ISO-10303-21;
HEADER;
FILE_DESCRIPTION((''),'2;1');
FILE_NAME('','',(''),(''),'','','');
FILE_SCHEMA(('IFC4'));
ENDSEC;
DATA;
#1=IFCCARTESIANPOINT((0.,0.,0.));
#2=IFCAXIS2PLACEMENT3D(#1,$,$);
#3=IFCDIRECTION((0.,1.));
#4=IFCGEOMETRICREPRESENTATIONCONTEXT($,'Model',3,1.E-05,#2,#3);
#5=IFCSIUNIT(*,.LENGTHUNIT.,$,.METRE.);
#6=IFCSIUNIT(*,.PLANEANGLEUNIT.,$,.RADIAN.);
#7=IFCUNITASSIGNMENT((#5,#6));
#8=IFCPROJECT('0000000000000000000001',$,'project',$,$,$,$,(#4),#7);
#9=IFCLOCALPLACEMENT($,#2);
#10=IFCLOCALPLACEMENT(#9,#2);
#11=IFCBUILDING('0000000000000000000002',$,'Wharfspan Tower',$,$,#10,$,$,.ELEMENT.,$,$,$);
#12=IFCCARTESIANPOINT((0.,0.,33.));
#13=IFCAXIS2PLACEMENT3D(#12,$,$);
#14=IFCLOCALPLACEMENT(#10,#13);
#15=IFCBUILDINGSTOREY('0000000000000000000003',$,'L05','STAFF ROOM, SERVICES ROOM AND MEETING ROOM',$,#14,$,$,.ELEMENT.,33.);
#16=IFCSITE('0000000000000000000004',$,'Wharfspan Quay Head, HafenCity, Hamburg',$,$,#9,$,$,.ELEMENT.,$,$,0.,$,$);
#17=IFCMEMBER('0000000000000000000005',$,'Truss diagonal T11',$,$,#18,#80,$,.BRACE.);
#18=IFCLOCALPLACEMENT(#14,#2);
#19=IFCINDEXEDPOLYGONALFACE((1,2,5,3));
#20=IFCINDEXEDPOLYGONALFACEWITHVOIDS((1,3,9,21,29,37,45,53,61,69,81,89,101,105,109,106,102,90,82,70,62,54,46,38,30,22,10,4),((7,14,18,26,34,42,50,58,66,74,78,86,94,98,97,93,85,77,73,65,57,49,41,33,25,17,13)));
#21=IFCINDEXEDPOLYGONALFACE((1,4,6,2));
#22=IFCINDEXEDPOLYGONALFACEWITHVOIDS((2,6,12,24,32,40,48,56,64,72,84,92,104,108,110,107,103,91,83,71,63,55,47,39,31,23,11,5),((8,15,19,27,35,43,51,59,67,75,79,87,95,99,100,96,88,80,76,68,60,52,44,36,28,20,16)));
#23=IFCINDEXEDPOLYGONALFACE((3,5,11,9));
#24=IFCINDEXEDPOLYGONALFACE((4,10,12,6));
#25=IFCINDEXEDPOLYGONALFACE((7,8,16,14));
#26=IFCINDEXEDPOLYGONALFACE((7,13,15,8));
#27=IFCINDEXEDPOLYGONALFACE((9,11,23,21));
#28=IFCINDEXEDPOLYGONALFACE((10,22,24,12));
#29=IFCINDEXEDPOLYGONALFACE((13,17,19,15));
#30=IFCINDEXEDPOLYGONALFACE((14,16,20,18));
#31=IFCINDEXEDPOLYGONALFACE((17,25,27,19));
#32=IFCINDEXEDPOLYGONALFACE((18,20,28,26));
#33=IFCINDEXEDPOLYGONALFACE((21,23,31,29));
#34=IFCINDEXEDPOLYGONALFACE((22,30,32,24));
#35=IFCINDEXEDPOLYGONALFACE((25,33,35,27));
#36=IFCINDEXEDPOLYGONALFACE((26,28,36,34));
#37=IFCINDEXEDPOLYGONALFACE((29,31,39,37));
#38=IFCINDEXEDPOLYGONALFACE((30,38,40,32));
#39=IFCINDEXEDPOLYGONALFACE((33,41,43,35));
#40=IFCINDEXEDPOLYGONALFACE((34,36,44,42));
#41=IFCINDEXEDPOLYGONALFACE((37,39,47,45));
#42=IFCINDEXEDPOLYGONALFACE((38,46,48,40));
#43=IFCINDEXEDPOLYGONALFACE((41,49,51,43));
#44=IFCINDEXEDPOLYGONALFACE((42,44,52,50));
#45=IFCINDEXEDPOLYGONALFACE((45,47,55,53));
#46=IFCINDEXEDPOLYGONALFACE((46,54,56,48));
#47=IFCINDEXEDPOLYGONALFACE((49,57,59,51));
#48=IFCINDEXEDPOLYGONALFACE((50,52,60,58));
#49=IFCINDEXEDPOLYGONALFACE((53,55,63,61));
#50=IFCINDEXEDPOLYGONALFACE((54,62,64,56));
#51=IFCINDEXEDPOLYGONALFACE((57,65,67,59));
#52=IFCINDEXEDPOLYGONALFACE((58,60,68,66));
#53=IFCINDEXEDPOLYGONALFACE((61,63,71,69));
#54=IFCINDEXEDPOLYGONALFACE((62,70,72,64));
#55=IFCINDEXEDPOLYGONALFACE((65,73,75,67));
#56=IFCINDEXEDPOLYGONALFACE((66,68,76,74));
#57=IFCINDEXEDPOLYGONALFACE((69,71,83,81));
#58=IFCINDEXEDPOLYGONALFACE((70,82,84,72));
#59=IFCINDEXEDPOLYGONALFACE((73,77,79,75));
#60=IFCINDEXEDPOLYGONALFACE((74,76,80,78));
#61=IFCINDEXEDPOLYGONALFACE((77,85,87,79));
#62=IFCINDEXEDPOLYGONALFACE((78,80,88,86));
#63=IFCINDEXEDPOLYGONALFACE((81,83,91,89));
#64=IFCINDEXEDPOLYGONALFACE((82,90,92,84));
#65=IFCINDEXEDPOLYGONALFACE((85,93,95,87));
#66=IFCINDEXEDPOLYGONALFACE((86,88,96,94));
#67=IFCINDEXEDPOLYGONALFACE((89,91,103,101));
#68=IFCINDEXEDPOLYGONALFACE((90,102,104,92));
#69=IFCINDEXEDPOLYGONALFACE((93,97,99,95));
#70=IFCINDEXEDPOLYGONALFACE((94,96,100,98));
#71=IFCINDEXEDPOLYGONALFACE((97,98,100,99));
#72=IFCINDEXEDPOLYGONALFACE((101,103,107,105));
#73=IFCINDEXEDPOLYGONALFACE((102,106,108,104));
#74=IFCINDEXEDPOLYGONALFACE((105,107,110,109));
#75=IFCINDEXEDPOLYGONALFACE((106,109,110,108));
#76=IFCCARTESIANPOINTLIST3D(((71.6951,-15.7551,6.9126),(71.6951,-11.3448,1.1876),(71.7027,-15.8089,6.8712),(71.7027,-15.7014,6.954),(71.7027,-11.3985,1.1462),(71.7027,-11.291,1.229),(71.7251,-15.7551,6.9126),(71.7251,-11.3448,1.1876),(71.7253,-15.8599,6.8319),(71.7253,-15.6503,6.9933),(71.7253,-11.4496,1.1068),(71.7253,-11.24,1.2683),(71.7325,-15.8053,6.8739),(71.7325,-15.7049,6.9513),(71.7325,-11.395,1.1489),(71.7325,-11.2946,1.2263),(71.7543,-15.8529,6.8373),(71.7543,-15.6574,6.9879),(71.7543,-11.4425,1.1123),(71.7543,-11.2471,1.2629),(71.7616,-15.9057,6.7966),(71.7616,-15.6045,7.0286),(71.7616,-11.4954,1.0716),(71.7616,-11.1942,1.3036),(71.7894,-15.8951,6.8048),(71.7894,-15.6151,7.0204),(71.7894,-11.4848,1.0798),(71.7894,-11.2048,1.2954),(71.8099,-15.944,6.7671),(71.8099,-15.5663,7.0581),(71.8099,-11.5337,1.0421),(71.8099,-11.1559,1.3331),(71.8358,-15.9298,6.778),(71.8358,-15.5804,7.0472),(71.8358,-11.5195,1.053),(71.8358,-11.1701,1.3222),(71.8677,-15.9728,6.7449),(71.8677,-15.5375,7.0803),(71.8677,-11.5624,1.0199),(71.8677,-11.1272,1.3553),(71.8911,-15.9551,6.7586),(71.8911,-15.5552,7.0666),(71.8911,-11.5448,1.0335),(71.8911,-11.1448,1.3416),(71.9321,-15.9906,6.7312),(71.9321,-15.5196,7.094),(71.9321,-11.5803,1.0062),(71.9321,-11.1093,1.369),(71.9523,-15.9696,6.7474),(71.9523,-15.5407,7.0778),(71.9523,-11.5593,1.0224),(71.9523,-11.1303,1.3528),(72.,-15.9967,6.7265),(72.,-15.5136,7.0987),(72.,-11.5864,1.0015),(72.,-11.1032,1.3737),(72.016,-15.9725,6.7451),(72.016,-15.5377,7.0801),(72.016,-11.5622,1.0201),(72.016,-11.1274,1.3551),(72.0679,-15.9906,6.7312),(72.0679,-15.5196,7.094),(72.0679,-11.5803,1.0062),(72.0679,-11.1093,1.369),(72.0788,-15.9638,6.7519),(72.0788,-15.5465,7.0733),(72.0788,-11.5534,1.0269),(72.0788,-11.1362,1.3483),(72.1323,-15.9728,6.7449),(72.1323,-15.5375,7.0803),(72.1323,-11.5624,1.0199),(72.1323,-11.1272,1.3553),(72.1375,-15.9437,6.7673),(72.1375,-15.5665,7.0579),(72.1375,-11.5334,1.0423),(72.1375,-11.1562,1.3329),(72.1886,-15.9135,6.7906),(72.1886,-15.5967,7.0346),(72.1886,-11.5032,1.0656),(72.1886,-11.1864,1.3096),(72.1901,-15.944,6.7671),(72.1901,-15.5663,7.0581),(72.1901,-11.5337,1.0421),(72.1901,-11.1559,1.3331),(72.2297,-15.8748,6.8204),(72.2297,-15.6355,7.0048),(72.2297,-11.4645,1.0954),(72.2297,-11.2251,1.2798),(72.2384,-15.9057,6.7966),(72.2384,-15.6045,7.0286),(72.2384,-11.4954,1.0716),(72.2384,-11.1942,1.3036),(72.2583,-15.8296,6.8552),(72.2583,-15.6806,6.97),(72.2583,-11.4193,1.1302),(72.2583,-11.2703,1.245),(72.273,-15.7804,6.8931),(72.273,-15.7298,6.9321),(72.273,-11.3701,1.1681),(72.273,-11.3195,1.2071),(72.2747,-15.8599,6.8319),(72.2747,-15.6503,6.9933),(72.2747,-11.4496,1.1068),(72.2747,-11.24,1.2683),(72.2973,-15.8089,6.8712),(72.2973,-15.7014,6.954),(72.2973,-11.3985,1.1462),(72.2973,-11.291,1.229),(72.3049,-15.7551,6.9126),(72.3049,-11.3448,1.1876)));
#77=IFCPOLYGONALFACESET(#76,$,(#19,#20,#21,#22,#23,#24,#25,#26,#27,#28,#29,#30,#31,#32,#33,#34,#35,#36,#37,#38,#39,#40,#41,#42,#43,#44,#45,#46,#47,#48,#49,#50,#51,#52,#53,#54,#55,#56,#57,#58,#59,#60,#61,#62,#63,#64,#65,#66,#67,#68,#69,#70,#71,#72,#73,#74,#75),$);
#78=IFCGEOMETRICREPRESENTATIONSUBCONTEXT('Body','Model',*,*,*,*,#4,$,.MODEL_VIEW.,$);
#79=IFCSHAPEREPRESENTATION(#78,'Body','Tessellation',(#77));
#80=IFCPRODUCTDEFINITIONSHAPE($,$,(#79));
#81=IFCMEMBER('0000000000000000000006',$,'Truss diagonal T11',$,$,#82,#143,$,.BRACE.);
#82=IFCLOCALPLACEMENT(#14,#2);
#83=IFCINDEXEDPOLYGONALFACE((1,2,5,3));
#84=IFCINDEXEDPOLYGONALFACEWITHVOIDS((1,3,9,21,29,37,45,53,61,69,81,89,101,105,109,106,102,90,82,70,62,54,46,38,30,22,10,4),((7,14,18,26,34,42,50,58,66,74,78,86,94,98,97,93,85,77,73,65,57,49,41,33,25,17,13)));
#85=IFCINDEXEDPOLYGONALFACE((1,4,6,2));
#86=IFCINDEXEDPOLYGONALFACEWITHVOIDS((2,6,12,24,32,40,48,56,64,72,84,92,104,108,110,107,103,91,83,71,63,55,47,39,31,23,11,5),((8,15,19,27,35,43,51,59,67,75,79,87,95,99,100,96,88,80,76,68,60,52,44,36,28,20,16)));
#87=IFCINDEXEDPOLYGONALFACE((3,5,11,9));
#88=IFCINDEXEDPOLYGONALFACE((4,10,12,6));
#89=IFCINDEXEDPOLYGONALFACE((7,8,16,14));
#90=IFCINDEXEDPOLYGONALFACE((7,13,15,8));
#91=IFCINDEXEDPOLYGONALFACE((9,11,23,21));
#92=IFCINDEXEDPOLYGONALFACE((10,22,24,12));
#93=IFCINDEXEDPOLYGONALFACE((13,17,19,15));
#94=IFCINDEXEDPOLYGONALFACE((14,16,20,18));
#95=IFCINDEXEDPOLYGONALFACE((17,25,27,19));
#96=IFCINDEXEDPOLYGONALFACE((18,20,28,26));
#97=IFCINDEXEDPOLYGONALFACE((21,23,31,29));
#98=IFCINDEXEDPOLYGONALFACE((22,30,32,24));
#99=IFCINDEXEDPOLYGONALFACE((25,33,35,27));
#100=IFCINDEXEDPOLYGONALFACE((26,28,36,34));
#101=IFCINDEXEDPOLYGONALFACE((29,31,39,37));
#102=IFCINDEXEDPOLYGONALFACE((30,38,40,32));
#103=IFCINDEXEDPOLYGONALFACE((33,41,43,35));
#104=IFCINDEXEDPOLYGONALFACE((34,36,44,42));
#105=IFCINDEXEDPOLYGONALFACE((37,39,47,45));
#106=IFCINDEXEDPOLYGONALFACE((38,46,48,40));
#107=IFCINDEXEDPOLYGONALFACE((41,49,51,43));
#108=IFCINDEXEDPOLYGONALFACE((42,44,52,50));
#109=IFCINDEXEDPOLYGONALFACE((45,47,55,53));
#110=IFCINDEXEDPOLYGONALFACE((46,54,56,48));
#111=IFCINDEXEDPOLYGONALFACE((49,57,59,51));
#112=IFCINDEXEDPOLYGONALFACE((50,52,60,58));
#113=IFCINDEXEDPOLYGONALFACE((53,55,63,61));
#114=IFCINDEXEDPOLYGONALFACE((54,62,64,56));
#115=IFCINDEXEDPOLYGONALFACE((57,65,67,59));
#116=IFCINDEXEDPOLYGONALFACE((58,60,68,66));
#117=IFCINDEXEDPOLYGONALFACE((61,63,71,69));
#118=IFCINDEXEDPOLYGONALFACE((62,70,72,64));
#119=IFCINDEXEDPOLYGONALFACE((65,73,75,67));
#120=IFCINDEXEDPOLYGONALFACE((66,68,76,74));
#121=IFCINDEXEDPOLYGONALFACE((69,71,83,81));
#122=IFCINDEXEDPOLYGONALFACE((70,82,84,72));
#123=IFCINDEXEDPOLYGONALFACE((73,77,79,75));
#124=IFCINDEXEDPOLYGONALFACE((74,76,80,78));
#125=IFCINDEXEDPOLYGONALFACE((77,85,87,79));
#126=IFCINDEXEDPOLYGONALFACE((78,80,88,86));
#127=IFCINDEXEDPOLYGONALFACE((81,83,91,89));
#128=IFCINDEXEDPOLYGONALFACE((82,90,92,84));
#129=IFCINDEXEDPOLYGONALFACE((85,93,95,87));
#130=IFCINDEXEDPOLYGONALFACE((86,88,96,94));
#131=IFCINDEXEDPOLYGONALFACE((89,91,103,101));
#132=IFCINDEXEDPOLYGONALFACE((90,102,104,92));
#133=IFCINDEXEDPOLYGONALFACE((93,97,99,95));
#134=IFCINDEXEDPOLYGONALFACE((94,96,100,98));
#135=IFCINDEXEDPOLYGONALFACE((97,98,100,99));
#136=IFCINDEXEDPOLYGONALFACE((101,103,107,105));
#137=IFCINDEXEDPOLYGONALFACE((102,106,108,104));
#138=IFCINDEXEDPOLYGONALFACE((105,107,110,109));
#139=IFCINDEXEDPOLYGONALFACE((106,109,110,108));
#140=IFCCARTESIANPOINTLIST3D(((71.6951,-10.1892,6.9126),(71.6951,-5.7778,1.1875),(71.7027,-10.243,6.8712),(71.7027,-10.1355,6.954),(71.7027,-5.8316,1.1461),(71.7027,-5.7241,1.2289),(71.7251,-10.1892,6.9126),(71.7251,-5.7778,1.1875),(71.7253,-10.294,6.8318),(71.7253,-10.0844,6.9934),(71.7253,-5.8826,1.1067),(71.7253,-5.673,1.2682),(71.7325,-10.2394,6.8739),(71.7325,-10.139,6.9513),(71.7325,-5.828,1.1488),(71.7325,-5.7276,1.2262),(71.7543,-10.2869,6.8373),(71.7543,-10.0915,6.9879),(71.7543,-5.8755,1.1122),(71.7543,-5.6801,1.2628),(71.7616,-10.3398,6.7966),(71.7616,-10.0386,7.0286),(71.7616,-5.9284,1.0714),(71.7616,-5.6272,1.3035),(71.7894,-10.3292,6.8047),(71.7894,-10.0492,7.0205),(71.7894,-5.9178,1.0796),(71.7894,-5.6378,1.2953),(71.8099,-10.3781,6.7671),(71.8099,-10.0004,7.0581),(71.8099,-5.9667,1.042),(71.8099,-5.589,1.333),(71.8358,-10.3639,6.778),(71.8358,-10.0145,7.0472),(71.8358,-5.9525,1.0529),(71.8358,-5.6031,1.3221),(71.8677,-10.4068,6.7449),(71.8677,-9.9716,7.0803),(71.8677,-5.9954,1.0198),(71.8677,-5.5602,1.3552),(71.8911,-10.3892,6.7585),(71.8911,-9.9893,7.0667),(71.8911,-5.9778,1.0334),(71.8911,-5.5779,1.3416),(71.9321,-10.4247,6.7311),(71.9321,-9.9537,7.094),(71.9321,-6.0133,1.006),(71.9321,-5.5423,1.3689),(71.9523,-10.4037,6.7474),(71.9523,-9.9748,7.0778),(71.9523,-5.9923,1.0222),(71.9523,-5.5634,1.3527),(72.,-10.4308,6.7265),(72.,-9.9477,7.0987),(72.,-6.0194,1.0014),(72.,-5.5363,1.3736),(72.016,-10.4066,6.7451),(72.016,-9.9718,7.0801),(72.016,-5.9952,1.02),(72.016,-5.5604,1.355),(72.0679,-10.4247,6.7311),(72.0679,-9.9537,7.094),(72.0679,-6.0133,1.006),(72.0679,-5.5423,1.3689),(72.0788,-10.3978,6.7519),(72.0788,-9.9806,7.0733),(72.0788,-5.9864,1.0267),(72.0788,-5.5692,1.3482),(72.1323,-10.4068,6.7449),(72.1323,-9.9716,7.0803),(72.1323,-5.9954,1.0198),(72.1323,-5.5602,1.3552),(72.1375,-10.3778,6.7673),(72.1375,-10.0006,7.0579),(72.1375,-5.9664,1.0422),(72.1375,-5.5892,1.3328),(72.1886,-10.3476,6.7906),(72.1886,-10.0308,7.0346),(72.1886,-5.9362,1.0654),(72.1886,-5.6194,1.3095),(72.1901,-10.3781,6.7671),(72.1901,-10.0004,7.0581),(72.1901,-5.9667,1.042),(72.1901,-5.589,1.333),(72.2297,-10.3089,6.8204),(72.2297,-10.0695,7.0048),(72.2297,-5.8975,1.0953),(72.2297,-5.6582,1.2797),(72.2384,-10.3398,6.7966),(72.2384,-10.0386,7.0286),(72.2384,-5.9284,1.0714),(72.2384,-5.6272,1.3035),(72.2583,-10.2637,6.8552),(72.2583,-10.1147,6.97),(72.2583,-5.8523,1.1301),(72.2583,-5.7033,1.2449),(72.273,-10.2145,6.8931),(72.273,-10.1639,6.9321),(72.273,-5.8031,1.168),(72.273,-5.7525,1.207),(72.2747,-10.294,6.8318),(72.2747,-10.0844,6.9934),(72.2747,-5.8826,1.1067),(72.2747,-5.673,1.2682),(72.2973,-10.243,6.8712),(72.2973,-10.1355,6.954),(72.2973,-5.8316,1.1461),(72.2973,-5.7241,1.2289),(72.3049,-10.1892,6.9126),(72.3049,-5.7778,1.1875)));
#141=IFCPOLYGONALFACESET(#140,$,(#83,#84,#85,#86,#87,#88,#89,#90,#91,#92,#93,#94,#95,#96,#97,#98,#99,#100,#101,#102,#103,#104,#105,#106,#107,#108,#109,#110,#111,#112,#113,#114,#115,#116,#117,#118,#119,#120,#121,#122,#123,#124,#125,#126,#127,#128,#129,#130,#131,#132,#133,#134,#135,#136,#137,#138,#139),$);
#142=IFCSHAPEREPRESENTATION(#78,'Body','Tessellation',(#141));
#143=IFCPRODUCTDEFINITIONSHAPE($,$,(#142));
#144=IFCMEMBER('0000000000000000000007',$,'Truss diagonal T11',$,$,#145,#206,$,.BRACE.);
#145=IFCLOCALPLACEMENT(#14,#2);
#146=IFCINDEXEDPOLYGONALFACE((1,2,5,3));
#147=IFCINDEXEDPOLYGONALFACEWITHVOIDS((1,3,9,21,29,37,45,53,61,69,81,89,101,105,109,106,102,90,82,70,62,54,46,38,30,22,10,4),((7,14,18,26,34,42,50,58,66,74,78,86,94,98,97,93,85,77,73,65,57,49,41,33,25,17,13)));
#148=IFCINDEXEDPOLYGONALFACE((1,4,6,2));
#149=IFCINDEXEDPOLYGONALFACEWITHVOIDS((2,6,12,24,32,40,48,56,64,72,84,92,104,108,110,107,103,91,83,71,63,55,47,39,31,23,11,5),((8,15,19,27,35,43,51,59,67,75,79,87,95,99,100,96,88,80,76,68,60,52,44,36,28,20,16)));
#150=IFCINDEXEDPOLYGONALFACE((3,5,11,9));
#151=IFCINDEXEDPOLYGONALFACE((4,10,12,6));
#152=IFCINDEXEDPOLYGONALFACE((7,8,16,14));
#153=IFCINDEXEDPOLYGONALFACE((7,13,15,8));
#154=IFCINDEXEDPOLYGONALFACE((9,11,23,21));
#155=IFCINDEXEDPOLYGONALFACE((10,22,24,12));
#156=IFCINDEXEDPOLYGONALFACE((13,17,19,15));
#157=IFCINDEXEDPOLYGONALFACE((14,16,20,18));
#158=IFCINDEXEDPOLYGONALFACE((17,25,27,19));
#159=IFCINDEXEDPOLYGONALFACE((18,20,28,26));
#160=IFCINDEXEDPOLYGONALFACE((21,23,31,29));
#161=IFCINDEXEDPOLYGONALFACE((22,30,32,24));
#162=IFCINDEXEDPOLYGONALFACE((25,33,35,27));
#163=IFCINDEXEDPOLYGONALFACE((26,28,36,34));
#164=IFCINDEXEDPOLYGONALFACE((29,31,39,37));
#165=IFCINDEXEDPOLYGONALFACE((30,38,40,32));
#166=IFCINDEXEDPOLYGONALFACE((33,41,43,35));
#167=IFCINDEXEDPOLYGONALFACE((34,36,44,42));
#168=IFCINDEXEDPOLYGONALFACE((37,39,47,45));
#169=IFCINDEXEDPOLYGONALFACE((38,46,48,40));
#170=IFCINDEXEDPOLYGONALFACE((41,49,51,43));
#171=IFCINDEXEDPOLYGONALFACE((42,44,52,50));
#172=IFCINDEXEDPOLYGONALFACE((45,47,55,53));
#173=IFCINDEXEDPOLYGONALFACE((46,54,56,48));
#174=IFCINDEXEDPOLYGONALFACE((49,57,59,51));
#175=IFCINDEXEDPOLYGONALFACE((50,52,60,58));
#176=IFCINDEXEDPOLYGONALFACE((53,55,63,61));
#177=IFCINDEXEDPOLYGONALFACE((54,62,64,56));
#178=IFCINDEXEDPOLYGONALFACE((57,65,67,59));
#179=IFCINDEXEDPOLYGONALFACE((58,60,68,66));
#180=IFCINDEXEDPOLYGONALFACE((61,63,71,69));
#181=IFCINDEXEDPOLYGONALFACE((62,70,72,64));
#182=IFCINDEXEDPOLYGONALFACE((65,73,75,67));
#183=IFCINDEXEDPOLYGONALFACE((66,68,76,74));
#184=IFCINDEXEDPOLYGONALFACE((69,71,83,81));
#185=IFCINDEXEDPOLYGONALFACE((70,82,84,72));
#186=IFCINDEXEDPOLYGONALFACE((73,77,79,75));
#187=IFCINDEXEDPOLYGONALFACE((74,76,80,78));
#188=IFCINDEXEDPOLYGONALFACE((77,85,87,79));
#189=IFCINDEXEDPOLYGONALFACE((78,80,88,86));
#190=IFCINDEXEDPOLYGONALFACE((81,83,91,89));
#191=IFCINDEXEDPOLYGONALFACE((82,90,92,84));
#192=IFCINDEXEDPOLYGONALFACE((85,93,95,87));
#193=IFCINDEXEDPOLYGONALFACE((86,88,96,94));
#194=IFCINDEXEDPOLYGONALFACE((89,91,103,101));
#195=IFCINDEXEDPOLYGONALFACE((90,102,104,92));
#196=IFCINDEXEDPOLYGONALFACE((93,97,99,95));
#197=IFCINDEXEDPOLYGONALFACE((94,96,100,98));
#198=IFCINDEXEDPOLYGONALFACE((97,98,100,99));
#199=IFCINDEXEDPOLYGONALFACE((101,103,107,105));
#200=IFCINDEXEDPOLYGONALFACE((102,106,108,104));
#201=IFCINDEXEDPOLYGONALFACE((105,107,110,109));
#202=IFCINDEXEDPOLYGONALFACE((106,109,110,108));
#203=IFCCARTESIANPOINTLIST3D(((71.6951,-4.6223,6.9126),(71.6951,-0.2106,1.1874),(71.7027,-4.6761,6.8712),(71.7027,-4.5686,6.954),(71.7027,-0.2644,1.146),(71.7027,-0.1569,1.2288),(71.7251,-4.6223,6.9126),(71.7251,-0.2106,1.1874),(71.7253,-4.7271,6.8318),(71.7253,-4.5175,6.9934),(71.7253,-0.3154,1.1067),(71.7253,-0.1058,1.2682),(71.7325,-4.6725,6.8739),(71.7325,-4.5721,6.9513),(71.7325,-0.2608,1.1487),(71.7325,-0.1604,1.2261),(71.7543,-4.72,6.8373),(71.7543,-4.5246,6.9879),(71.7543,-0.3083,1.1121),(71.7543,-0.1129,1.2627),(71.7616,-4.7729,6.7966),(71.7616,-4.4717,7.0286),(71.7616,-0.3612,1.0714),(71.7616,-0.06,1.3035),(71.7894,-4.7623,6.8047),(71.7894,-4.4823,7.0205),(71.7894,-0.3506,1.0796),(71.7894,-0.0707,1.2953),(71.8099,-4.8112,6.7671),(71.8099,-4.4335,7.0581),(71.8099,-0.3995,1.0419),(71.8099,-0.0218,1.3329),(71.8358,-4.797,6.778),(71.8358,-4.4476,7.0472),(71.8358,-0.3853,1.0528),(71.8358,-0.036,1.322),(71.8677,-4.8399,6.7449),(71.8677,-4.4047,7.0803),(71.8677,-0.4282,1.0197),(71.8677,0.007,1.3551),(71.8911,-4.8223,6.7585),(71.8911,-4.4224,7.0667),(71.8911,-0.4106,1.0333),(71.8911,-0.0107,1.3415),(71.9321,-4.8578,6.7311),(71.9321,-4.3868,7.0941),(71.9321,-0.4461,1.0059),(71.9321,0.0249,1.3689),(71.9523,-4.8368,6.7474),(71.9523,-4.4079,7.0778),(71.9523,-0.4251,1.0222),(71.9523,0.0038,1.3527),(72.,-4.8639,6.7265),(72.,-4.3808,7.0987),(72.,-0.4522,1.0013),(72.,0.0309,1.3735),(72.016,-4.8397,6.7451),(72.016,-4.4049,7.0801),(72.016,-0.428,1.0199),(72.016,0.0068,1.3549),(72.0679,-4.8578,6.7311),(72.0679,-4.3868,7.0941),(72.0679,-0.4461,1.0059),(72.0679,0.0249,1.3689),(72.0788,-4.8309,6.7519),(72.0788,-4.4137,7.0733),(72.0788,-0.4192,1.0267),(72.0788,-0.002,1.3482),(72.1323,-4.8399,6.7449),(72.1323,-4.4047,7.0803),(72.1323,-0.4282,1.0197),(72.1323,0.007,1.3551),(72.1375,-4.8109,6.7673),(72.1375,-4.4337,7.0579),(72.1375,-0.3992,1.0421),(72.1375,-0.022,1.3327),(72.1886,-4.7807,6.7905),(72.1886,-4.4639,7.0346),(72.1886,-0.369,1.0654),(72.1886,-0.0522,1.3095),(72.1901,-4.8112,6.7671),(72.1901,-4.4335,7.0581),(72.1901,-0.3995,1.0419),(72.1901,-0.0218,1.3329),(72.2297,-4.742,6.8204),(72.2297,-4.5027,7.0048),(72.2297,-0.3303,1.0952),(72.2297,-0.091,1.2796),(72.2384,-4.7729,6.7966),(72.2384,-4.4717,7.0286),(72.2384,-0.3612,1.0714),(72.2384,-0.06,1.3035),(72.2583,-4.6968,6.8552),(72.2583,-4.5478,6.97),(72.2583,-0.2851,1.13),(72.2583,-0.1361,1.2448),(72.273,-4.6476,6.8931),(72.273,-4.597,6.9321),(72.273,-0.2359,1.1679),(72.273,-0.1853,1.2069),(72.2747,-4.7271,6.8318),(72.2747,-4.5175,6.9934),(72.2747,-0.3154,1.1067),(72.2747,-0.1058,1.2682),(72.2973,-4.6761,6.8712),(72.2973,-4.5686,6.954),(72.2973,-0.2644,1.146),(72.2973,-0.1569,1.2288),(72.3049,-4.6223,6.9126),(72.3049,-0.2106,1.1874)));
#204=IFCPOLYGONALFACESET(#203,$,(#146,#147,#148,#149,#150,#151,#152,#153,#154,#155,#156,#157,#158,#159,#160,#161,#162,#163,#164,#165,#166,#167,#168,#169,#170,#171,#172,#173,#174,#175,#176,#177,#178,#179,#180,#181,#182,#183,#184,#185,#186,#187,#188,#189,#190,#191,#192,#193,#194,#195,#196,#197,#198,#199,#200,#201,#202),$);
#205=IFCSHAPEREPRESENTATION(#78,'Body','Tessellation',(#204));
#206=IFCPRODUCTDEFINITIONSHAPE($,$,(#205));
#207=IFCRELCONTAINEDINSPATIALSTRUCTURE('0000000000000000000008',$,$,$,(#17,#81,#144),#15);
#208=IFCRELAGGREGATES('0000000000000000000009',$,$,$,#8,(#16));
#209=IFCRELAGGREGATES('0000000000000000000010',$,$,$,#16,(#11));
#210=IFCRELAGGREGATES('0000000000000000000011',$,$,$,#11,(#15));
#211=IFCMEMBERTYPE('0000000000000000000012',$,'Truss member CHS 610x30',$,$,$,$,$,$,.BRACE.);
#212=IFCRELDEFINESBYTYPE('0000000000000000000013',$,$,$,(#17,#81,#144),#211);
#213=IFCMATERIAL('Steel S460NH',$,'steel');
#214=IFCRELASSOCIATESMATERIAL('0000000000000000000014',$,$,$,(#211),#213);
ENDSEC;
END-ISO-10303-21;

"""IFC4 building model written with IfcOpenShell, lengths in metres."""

from ifc_helpers import new_model, si_unit, direction, frame, origin, origin_2d, place, context, subcontext, project, spatial, hollow_circle, extrude, material, material_profile, profile_set, type_object, element, save


model = new_model("IFC4")

# Units and contexts
model_context = context("Model", 3, precision=1e-05, world=origin(), true_north=direction((0.0, 1.0)))
body_context = subcontext(model_context, "Body", "Model", "MODEL_VIEW")
ifc_project = project(units=[si_unit("LENGTHUNIT", "METRE"), si_unit("PLANEANGLEUNIT", "RADIAN")], contexts=[model_context])

# Site, building, storey
site_placement = place(None, origin())
site = spatial("IfcSite", under=ifc_project, at=site_placement, Name="Wharfspan Quay Head, HafenCity, Hamburg", CompositionType="ELEMENT", RefElevation=0.0)
building_placement = place(site_placement, origin())
building = spatial("IfcBuilding", under=site, at=building_placement, Name="Wharfspan Tower", CompositionType="ELEMENT")
storey_placement = place(building_placement, frame((0.0, 0.0, 33.0)))
storey = spatial("IfcBuildingStorey", under=building, at=storey_placement, Name="L05", Description="STAFF ROOM, SERVICES ROOM AND MEETING ROOM", CompositionType="ELEMENT", Elevation=33.0)

# Members
ifc_material_1 = material(Name="Steel S460NH", Category="steel")
ifc_material_profile_1 = material_profile(ifc_material_1, hollow_circle(Radius=0.3049, WallThickness=0.03, at=origin_2d()))
ifc_profile_set_1 = profile_set([ifc_material_profile_1], Name="Steel S460NH")
member_type_1 = type_object("IfcMemberType", Name="Truss member CHS 610x30", PredefinedType="BRACE", material=ifc_profile_set_1)
member_1_placement = place(storey_placement, frame((72.0, -15.7551, 6.9126), z_axis=(0.0, 0.610274, -0.792191), x_axis=(-1.0, 0.0, 0.0)))
element("IfcMember", 1, at=member_1_placement, inside=storey, type_object=member_type_1, Name="Truss diagonal T11", PredefinedType="BRACE", context=body_context, shape_type="SweptSolid", body=[
    extrude(hollow_circle(Radius=0.3049, WallThickness=0.03, at=origin_2d()), origin(), (0.0, 0.0, 1.0), 7.2268),
])
member_2_placement = place(storey_placement, frame((72.0, -10.1892, 6.9126), z_axis=(0.0, 0.610359, -0.792125), x_axis=(-1.0, 0.0, 0.0)))
element("IfcMember", 2, at=member_2_placement, inside=storey, type_object=member_type_1, Name="Truss diagonal T11", PredefinedType="BRACE", context=body_context, shape_type="SweptSolid", body=[
    extrude(hollow_circle(Radius=0.3049, WallThickness=0.03, at=origin_2d()), origin(), (0.0, 0.0, 1.0), 7.2275),
])
member_3_placement = place(storey_placement, frame((72.0, -4.6223, 6.9126), z_axis=(0.0, 0.61038, -0.792109), x_axis=(-1.0, 0.0, 0.0)))
element("IfcMember", 3, at=member_3_placement, inside=storey, type_object=member_type_1, Name="Truss diagonal T11", PredefinedType="BRACE", context=body_context, shape_type="SweptSolid", body=[
    extrude(hollow_circle(Radius=0.3049, WallThickness=0.03, at=origin_2d()), origin(), (0.0, 0.0, 1.0), 7.2278),
])

save(model, "model.ifc")
